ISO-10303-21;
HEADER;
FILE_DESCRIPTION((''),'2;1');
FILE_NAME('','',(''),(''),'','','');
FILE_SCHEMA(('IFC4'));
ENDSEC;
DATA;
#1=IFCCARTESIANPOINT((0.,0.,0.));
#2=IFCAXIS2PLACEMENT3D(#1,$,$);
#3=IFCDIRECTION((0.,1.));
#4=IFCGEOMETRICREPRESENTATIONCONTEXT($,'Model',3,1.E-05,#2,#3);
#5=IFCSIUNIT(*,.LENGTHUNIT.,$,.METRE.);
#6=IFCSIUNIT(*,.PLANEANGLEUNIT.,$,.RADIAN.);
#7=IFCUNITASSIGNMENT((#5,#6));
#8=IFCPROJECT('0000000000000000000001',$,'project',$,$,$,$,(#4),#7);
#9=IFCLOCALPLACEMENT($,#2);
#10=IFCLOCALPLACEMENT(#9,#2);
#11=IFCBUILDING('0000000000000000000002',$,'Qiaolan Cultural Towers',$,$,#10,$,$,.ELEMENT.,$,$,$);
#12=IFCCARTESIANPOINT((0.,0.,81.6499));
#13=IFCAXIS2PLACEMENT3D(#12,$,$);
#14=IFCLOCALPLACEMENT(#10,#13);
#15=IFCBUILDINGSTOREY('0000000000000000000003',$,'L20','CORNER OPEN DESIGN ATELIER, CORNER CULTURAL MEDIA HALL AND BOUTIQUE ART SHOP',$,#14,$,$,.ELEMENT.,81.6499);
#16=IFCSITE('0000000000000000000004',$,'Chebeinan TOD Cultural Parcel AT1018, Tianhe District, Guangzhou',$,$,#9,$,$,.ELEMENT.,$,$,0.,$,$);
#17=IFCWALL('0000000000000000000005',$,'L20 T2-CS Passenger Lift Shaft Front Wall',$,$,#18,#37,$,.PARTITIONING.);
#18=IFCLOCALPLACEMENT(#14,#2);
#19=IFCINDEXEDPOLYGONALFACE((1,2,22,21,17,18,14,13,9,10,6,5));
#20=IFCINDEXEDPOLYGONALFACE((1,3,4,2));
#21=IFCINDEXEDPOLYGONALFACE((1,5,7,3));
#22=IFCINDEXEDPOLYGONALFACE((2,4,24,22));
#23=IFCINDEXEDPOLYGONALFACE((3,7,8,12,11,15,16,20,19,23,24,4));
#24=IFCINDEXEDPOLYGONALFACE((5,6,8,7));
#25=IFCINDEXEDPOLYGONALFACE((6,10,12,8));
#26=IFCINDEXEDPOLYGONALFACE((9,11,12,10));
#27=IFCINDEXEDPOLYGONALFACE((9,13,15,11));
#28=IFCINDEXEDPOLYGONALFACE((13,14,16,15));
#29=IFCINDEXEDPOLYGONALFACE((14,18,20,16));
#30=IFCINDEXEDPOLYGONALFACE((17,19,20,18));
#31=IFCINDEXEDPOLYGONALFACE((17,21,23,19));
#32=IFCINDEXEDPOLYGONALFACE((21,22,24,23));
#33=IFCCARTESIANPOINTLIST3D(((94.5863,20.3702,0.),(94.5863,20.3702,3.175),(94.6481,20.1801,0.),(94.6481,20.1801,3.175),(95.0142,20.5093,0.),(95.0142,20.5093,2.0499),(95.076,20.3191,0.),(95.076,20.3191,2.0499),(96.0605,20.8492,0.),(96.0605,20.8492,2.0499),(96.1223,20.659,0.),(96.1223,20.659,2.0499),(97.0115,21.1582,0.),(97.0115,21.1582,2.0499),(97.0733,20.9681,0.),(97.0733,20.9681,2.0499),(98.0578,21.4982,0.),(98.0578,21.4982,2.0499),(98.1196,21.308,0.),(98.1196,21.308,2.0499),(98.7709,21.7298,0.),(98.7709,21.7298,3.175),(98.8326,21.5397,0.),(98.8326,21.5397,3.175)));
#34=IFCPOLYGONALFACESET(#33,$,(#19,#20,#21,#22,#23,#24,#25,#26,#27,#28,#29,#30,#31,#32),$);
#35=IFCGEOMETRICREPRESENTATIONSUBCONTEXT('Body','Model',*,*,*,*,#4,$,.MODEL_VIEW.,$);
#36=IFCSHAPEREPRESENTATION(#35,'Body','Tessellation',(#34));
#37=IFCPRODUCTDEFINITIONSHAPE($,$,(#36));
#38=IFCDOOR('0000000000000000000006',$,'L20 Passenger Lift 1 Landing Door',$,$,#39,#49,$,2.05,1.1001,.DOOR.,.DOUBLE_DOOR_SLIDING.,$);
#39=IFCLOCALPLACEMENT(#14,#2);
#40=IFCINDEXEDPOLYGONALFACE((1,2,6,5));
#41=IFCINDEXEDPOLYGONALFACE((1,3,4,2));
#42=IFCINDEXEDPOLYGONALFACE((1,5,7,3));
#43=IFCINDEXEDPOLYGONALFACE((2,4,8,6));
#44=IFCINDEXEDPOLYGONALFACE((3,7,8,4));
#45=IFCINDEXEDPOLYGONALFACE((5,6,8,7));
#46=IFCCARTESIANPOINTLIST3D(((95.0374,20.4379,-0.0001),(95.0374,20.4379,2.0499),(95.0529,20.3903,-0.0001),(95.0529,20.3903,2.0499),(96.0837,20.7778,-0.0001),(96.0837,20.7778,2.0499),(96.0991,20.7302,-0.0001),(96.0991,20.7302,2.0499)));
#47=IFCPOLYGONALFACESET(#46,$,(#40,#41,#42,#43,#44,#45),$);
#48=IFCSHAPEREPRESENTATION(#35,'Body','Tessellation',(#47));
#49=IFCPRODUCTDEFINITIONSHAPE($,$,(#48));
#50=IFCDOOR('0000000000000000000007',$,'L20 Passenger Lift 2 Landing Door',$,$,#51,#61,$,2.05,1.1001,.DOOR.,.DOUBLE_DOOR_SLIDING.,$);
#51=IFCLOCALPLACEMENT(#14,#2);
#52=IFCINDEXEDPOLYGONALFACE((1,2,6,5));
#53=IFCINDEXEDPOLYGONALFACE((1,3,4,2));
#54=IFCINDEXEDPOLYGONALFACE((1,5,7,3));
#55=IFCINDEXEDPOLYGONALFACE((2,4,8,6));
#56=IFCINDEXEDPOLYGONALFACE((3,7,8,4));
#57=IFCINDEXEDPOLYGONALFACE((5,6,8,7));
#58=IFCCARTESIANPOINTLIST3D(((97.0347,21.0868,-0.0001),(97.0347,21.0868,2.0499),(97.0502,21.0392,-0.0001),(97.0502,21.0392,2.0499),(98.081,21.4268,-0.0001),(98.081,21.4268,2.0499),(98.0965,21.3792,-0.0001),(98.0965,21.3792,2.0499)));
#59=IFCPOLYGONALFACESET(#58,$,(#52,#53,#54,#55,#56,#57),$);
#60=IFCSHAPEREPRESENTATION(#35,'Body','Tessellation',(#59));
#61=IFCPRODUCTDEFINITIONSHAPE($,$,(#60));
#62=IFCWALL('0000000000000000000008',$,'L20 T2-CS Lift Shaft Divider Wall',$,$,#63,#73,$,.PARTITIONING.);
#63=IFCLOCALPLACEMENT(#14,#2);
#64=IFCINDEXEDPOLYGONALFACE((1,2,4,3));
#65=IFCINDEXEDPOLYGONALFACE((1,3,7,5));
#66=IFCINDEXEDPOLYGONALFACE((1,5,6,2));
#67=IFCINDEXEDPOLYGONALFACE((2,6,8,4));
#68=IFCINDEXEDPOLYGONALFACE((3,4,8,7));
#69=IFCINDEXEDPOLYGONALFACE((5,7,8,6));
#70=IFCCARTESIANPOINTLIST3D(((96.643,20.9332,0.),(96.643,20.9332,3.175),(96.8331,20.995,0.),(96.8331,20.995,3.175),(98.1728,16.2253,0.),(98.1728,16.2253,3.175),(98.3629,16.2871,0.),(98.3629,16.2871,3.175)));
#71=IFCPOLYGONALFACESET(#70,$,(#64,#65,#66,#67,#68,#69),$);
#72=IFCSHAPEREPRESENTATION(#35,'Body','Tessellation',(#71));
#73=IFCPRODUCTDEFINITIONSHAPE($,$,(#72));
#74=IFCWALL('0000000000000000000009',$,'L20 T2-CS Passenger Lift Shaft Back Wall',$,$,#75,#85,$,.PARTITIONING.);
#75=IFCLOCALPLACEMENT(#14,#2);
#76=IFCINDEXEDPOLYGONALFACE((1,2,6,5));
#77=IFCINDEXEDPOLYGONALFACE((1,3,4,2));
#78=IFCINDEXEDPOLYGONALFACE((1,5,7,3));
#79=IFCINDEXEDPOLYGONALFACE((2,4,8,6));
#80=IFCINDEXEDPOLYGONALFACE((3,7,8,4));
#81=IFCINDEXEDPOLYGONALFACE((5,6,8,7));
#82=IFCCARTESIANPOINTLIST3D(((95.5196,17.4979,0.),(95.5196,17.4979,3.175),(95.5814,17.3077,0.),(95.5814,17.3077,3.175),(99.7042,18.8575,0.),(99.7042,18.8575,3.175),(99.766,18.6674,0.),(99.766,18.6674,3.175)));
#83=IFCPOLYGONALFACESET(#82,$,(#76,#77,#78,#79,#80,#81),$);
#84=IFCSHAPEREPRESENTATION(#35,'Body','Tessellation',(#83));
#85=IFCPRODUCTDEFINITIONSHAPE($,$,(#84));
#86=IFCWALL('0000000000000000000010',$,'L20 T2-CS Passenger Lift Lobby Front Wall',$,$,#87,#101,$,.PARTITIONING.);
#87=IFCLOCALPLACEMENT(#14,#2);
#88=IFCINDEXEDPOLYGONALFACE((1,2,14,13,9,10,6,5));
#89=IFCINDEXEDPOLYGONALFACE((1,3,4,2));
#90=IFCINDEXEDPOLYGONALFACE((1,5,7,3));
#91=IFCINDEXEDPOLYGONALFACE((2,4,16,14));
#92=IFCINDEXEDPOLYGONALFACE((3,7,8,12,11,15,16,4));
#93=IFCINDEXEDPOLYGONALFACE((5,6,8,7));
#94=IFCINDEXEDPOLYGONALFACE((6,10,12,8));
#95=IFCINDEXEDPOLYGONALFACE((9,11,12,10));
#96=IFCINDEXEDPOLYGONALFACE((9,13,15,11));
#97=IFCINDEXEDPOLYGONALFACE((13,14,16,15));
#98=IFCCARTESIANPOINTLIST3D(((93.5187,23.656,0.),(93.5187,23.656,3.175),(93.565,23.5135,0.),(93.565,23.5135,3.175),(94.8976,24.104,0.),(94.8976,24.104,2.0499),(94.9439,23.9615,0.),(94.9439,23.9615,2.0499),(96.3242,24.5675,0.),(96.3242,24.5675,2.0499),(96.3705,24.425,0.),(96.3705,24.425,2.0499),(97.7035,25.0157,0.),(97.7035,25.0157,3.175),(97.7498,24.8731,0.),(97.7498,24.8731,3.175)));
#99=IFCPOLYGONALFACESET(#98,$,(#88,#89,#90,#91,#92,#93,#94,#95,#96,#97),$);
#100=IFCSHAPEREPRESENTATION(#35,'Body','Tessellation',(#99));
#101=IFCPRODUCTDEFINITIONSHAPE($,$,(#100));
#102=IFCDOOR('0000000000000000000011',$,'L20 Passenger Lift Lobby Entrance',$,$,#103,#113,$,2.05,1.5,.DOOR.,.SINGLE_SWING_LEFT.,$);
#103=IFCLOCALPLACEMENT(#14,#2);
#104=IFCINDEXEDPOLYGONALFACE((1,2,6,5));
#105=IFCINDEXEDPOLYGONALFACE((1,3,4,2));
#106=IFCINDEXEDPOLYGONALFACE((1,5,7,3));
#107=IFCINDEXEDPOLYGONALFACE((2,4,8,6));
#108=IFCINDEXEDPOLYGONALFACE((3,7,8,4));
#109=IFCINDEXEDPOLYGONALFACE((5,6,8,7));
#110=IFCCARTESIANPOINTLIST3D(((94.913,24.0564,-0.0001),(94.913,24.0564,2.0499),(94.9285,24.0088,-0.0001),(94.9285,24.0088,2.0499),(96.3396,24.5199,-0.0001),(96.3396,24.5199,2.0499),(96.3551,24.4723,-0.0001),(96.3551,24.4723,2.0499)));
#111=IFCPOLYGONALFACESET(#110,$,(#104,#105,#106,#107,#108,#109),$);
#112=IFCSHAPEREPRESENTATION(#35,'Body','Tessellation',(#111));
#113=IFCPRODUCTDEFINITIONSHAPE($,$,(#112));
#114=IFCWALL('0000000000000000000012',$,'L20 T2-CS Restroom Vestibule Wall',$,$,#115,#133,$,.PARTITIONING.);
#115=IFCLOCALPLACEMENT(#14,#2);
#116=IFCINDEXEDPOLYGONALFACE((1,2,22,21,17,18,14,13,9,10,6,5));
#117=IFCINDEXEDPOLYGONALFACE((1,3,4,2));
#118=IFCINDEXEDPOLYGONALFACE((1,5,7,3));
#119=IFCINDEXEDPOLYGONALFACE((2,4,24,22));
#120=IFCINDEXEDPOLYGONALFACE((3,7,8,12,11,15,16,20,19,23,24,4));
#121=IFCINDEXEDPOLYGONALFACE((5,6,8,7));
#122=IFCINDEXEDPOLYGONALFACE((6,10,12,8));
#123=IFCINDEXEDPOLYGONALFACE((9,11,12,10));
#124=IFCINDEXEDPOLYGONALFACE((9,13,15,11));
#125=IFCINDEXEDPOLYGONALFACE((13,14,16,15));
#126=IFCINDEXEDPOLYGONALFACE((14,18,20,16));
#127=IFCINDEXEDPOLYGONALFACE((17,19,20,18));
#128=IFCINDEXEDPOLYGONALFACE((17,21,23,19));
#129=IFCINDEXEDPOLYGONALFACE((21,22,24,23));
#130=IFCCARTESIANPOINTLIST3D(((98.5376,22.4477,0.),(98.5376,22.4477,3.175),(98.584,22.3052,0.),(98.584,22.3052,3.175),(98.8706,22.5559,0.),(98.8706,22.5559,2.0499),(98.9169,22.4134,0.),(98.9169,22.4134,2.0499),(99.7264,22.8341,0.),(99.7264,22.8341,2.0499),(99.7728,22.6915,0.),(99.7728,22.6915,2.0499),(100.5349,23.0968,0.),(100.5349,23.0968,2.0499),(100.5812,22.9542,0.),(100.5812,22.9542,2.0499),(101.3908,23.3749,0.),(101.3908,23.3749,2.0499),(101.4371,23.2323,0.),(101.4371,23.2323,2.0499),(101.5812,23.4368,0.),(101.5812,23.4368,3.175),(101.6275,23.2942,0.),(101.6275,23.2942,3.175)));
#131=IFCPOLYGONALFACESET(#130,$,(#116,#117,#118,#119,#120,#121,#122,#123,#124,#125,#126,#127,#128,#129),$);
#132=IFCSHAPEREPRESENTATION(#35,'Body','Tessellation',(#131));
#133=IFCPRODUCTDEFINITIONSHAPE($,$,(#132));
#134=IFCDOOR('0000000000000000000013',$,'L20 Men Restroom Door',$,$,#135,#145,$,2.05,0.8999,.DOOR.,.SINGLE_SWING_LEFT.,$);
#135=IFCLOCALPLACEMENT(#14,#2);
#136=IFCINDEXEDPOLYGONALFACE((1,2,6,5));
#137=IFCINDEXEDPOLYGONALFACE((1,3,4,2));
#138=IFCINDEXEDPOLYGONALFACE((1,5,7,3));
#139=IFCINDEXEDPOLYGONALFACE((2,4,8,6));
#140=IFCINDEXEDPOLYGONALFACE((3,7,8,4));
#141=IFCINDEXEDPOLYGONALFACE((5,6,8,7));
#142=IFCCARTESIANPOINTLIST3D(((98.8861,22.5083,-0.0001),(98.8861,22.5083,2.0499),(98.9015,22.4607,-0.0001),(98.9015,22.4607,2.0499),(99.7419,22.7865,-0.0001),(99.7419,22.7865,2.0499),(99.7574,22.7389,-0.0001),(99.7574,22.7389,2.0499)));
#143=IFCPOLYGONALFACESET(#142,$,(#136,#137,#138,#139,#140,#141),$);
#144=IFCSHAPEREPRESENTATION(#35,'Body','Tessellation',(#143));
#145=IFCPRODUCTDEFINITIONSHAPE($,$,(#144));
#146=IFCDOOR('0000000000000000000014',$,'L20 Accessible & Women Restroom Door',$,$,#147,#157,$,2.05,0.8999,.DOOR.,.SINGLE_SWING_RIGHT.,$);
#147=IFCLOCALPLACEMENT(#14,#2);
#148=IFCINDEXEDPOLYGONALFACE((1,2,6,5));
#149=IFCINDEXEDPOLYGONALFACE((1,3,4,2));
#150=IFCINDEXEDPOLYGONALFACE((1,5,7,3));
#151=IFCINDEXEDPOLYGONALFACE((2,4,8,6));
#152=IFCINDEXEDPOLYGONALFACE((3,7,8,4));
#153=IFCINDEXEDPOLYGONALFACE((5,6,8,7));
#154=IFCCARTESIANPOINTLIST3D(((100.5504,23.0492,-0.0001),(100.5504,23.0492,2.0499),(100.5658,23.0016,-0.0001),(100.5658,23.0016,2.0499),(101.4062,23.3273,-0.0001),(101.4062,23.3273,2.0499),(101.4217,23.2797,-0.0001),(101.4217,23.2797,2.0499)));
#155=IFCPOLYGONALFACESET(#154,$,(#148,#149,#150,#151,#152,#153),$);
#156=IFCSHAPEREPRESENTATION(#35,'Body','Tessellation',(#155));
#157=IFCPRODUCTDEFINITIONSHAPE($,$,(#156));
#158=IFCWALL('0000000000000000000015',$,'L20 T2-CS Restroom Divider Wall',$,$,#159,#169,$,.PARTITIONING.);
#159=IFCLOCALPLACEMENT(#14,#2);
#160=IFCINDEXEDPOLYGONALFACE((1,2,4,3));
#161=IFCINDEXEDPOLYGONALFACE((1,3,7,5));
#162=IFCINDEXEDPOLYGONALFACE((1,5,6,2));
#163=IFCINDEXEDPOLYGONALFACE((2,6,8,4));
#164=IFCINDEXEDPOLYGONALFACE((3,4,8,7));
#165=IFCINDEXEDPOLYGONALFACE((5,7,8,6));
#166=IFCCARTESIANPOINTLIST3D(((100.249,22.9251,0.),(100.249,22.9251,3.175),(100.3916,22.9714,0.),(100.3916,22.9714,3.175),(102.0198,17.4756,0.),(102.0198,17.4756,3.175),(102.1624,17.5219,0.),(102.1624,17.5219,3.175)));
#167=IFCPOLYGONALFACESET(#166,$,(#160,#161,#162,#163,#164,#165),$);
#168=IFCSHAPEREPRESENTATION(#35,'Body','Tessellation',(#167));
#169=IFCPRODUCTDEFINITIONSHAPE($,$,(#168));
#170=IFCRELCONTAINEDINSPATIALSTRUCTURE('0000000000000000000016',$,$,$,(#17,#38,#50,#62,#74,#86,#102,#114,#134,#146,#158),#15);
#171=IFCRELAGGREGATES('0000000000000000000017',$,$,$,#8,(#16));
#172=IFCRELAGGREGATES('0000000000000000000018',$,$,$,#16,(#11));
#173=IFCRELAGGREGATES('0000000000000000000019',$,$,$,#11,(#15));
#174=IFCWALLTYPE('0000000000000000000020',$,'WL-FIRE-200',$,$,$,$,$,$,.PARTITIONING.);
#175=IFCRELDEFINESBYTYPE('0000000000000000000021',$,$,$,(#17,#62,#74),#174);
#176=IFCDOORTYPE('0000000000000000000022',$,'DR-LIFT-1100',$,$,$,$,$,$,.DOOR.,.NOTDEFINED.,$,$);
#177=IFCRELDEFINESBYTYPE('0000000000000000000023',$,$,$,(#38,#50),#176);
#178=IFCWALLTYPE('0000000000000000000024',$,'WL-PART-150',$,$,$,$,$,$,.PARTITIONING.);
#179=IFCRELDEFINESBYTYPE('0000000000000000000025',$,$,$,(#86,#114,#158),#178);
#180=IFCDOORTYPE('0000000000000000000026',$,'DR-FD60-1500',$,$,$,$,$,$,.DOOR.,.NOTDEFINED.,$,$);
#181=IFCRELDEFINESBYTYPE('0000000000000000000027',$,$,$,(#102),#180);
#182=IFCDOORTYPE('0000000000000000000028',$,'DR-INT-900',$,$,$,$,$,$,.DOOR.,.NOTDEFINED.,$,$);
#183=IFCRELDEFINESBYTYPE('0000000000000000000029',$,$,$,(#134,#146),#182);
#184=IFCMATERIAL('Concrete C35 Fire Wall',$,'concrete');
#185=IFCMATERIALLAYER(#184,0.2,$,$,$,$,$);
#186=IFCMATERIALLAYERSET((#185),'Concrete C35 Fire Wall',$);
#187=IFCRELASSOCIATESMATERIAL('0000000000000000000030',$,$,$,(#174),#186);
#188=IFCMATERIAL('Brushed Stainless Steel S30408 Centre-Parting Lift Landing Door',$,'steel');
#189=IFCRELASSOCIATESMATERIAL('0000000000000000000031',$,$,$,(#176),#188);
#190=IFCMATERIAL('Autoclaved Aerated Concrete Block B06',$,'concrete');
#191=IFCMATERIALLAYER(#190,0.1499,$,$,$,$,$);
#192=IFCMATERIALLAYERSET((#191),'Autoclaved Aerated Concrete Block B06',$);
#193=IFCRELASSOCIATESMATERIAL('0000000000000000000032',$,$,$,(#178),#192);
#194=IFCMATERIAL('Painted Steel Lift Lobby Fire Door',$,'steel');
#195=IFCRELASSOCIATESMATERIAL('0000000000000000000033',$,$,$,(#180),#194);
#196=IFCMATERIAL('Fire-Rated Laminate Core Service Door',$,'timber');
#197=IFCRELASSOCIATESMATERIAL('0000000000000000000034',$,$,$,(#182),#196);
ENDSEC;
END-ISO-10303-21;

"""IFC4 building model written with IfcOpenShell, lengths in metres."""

from ifc_helpers import new_model, si_unit, direction, frame, frame_2d, origin, place, context, subcontext, project, spatial, rectangle, extrude, material, layer, layer_set, type_object, element, fill, save


model = new_model("IFC4")

# Units and contexts
model_context = context("Model", 3, precision=1e-05, world=origin(), true_north=direction((0.0, 1.0)))
body_context = subcontext(model_context, "Body", "Model", "MODEL_VIEW")
ifc_project = project(units=[si_unit("LENGTHUNIT", "METRE"), si_unit("PLANEANGLEUNIT", "RADIAN")], contexts=[model_context])

# Site, building, storey
site_placement = place(None, origin())
site = spatial("IfcSite", under=ifc_project, at=site_placement, Name="Chebeinan TOD Cultural Parcel AT1018, Tianhe District, Guangzhou", CompositionType="ELEMENT", RefElevation=0.0)
building_placement = place(site_placement, origin())
building = spatial("IfcBuilding", under=site, at=building_placement, Name="Qiaolan Cultural Towers", CompositionType="ELEMENT")
storey_placement = place(building_placement, frame((0.0, 0.0, 81.6499)))
storey = spatial("IfcBuildingStorey", under=building, at=storey_placement, Name="L20", Description="CORNER OPEN DESIGN ATELIER, CORNER CULTURAL MEDIA HALL AND BOUTIQUE ART SHOP", CompositionType="ELEMENT", Elevation=81.6499)

# Shared definitions
ifc_material_1 = material(Name="Concrete C35 Fire Wall", Category="concrete")
ifc_layer_1 = layer(ifc_material_1, 0.2)
ifc_layer_set_1 = layer_set([ifc_layer_1], Name="Concrete C35 Fire Wall")
wall_type_1 = type_object("IfcWallType", Name="WL-FIRE-200", PredefinedType="PARTITIONING", material=ifc_layer_set_1)

# Wall, openings, doors
wall_1_placement = place(storey_placement, frame((94.6172, 20.2751, 0.0), z_axis=(0.0, 0.0, 1.0), x_axis=(0.951059, 0.309011, 0.0)))
wall_1 = element("IfcWall", 1, at=wall_1_placement, inside=storey, type_object=wall_type_1, Name="L20 T2-CS Passenger Lift Shaft Front Wall", PredefinedType="PARTITIONING", context=body_context, shape_type="SweptSolid", body=[
    extrude(rectangle(XDim=4.3999, YDim=0.2, at=frame_2d((2.2, 0.0))), origin(), (0.0, 0.0, 1.0), 3.175),
])
opening_1_placement = place(wall_1_placement, frame((0.45, 0.0, 0.0)))
opening_1 = element("IfcOpeningElement", 2, at=opening_1_placement, cuts=wall_1, PredefinedType="OPENING", context=body_context, shape_type="SweptSolid", body=[
    extrude(rectangle(XDim=1.1001, YDim=2.05, at=frame_2d((0.55, 1.0249))), frame((0.0, 0.1099, 0.0), z_axis=(0.0, -1.0, 0.0), x_axis=(1.0, 0.0, 0.0)), (0.0, 0.0, 1.0), 0.22),
])
opening_2_placement = place(wall_1_placement, frame((2.55, 0.0, 0.0)))
opening_2 = element("IfcOpeningElement", 3, at=opening_2_placement, cuts=wall_1, PredefinedType="OPENING", context=body_context, shape_type="SweptSolid", body=[
    extrude(rectangle(XDim=1.1001, YDim=2.05, at=frame_2d((0.55, 1.0249))), frame((0.0, 0.1099, 0.0), z_axis=(0.0, -1.0, 0.0), x_axis=(1.0, 0.0, 0.0)), (0.0, 0.0, 1.0), 0.22),
])
ifc_material_2 = material(Name="Brushed Stainless Steel S30408 Centre-Parting Lift Landing Door", Category="steel")
door_type_1 = type_object("IfcDoorType", Name="DR-LIFT-1100", OperationType="NOTDEFINED", PredefinedType="DOOR", material=ifc_material_2)
door_1_placement = place(opening_1_placement, origin())
door_1 = element("IfcDoor", 4, at=door_1_placement, inside=storey, type_object=door_type_1, Name="L20 Passenger Lift 1 Landing Door", OperationType="DOUBLE_DOOR_SLIDING", OverallHeight=2.05, OverallWidth=1.1001, PredefinedType="DOOR", context=body_context, shape_type="SweptSolid", body=[
    extrude(rectangle(XDim=1.1001, YDim=2.05, at=frame_2d((0.55, 1.0249))), frame((0.0, 0.0249, 0.0), z_axis=(0.0, -1.0, 0.0), x_axis=(1.0, 0.0, 0.0)), (0.0, 0.0, 1.0), 0.05),
])
fill(opening_1, door_1)
door_2_placement = place(opening_2_placement, origin())
door_2 = element("IfcDoor", 5, at=door_2_placement, inside=storey, type_object=door_type_1, Name="L20 Passenger Lift 2 Landing Door", OperationType="DOUBLE_DOOR_SLIDING", OverallHeight=2.05, OverallWidth=1.1001, PredefinedType="DOOR", context=body_context, shape_type="SweptSolid", body=[
    extrude(rectangle(XDim=1.1001, YDim=2.05, at=frame_2d((0.55, 1.0249))), frame((0.0, 0.0249, 0.0), z_axis=(0.0, -1.0, 0.0), x_axis=(1.0, 0.0, 0.0)), (0.0, 0.0, 1.0), 0.05),
])
fill(opening_2, door_2)

# Walls
wall_2_placement = place(storey_placement, frame((96.738, 20.9641, 0.0), z_axis=(0.0, 0.0, 1.0), x_axis=(0.309043, -0.951048, 0.0)))
element("IfcWall", 6, at=wall_2_placement, inside=storey, type_object=wall_type_1, Name="L20 T2-CS Lift Shaft Divider Wall", PredefinedType="PARTITIONING", context=body_context, shape_type="SweptSolid", body=[
    extrude(rectangle(XDim=4.9502, YDim=0.2, at=frame_2d((2.4751, 0.0))), origin(), (0.0, 0.0, 1.0), 3.175),
])
wall_3_placement = place(storey_placement, frame((95.5505, 17.4028, 0.0), z_axis=(0.0, 0.0, 1.0), x_axis=(0.951059, 0.309011, 0.0)))
element("IfcWall", 7, at=wall_3_placement, inside=storey, type_object=wall_type_1, Name="L20 T2-CS Passenger Lift Shaft Back Wall", PredefinedType="PARTITIONING", context=body_context, shape_type="SweptSolid", body=[
    extrude(rectangle(XDim=4.3999, YDim=0.2, at=frame_2d((2.2, 0.0))), origin(), (0.0, 0.0, 1.0), 3.175),
])

# Wall, opening, door
ifc_material_3 = material(Name="Autoclaved Aerated Concrete Block B06", Category="concrete")
ifc_layer_2 = layer(ifc_material_3, 0.1499)
ifc_layer_set_2 = layer_set([ifc_layer_2], Name="Autoclaved Aerated Concrete Block B06")
wall_type_2 = type_object("IfcWallType", Name="WL-PART-150", PredefinedType="PARTITIONING", material=ifc_layer_set_2)
wall_4_placement = place(storey_placement, frame((93.5417, 23.5847, 0.0), z_axis=(0.0, 0.0, 1.0), x_axis=(0.951064, 0.308994, 0.0)))
wall_4 = element("IfcWall", 8, at=wall_4_placement, inside=storey, type_object=wall_type_2, Name="L20 T2-CS Passenger Lift Lobby Front Wall", PredefinedType="PARTITIONING", context=body_context, shape_type="SweptSolid", body=[
    extrude(rectangle(XDim=4.4001, YDim=0.1499, at=frame_2d((2.2002, 0.0))), origin(), (0.0, 0.0, 1.0), 3.175),
])
opening_3_placement = place(wall_4_placement, frame((1.45, 0.0, 0.0)))
opening_3 = element("IfcOpeningElement", 9, at=opening_3_placement, cuts=wall_4, PredefinedType="OPENING", context=body_context, shape_type="SweptSolid", body=[
    extrude(rectangle(XDim=1.5, YDim=2.05, at=frame_2d((0.75, 1.0249))), frame((0.0, 0.085, 0.0), z_axis=(0.0, -1.0, 0.0), x_axis=(1.0, 0.0, 0.0)), (0.0, 0.0, 1.0), 0.1699),
])
ifc_material_4 = material(Name="Painted Steel Lift Lobby Fire Door", Category="steel")
door_type_2 = type_object("IfcDoorType", Name="DR-FD60-1500", OperationType="NOTDEFINED", PredefinedType="DOOR", material=ifc_material_4)
door_3_placement = place(opening_3_placement, origin())
door_3 = element("IfcDoor", 10, at=door_3_placement, inside=storey, type_object=door_type_2, Name="L20 Passenger Lift Lobby Entrance", OperationType="SINGLE_SWING_LEFT", OverallHeight=2.05, OverallWidth=1.5, PredefinedType="DOOR", context=body_context, shape_type="SweptSolid", body=[
    extrude(rectangle(XDim=1.5, YDim=2.05, at=frame_2d((0.75, 1.0249))), frame((0.0, 0.0249, 0.0), z_axis=(0.0, -1.0, 0.0), x_axis=(1.0, 0.0, 0.0)), (0.0, 0.0, 1.0), 0.05),
])
fill(opening_3, door_3)

# Wall, openings, doors
wall_5_placement = place(storey_placement, frame((98.5608, 22.3765, 0.0), z_axis=(0.0, 0.0, 1.0), x_axis=(0.951044, 0.309055, 0.0)))
wall_5 = element("IfcWall", 11, at=wall_5_placement, inside=storey, type_object=wall_type_2, Name="L20 T2-CS Restroom Vestibule Wall", PredefinedType="PARTITIONING", context=body_context, shape_type="SweptSolid", body=[
    extrude(rectangle(XDim=3.2002, YDim=0.1499, at=frame_2d((1.6001, 0.0))), origin(), (0.0, 0.0, 1.0), 3.175),
])
opening_4_placement = place(wall_5_placement, frame((0.3501, 0.0, 0.0)))
opening_4 = element("IfcOpeningElement", 12, at=opening_4_placement, cuts=wall_5, PredefinedType="OPENING", context=body_context, shape_type="SweptSolid", body=[
    extrude(rectangle(XDim=0.8999, YDim=2.05, at=frame_2d((0.45, 1.0249))), frame((0.0, 0.085, 0.0), z_axis=(0.0, -1.0, 0.0), x_axis=(1.0, 0.0, 0.0)), (0.0, 0.0, 1.0), 0.1699),
])
opening_5_placement = place(wall_5_placement, frame((2.1001, 0.0, 0.0)))
opening_5 = element("IfcOpeningElement", 13, at=opening_5_placement, cuts=wall_5, PredefinedType="OPENING", context=body_context, shape_type="SweptSolid", body=[
    extrude(rectangle(XDim=0.8999, YDim=2.05, at=frame_2d((0.45, 1.0249))), frame((0.0, 0.085, 0.0), z_axis=(0.0, -1.0, 0.0), x_axis=(1.0, 0.0, 0.0)), (0.0, 0.0, 1.0), 0.1699),
])
ifc_material_5 = material(Name="Fire-Rated Laminate Core Service Door", Category="timber")
door_type_3 = type_object("IfcDoorType", Name="DR-INT-900", OperationType="NOTDEFINED", PredefinedType="DOOR", material=ifc_material_5)
door_4_placement = place(opening_4_placement, origin())
door_4 = element("IfcDoor", 14, at=door_4_placement, inside=storey, type_object=door_type_3, Name="L20 Men Restroom Door", OperationType="SINGLE_SWING_LEFT", OverallHeight=2.05, OverallWidth=0.8999, PredefinedType="DOOR", context=body_context, shape_type="SweptSolid", body=[
    extrude(rectangle(XDim=0.8999, YDim=2.05, at=frame_2d((0.45, 1.0249))), frame((0.0, 0.0249, 0.0), z_axis=(0.0, -1.0, 0.0), x_axis=(1.0, 0.0, 0.0)), (0.0, 0.0, 1.0), 0.05),
])
fill(opening_4, door_4)
door_5_placement = place(opening_5_placement, origin())
door_5 = element("IfcDoor", 15, at=door_5_placement, inside=storey, type_object=door_type_3, Name="L20 Accessible & Women Restroom Door", OperationType="SINGLE_SWING_RIGHT", OverallHeight=2.05, OverallWidth=0.8999, PredefinedType="DOOR", context=body_context, shape_type="SweptSolid", body=[
    extrude(rectangle(XDim=0.8999, YDim=2.05, at=frame_2d((0.45, 1.0249))), frame((0.0, 0.0249, 0.0), z_axis=(0.0, -1.0, 0.0), x_axis=(1.0, 0.0, 0.0)), (0.0, 0.0, 1.0), 0.05),
])
fill(opening_5, door_5)

# Wall
wall_6_placement = place(storey_placement, frame((100.3203, 22.9482, 0.0), z_axis=(0.0, 0.0, 1.0), x_axis=(0.309035, -0.951051, 0.0)))
element("IfcWall", 16, at=wall_6_placement, inside=storey, type_object=wall_type_2, Name="L20 T2-CS Restroom Divider Wall", PredefinedType="PARTITIONING", context=body_context, shape_type="SweptSolid", body=[
    extrude(rectangle(XDim=5.73, YDim=0.1499, at=frame_2d((2.865, 0.0))), origin(), (0.0, 0.0, 1.0), 3.175),
])

save(model, "model.ifc")
